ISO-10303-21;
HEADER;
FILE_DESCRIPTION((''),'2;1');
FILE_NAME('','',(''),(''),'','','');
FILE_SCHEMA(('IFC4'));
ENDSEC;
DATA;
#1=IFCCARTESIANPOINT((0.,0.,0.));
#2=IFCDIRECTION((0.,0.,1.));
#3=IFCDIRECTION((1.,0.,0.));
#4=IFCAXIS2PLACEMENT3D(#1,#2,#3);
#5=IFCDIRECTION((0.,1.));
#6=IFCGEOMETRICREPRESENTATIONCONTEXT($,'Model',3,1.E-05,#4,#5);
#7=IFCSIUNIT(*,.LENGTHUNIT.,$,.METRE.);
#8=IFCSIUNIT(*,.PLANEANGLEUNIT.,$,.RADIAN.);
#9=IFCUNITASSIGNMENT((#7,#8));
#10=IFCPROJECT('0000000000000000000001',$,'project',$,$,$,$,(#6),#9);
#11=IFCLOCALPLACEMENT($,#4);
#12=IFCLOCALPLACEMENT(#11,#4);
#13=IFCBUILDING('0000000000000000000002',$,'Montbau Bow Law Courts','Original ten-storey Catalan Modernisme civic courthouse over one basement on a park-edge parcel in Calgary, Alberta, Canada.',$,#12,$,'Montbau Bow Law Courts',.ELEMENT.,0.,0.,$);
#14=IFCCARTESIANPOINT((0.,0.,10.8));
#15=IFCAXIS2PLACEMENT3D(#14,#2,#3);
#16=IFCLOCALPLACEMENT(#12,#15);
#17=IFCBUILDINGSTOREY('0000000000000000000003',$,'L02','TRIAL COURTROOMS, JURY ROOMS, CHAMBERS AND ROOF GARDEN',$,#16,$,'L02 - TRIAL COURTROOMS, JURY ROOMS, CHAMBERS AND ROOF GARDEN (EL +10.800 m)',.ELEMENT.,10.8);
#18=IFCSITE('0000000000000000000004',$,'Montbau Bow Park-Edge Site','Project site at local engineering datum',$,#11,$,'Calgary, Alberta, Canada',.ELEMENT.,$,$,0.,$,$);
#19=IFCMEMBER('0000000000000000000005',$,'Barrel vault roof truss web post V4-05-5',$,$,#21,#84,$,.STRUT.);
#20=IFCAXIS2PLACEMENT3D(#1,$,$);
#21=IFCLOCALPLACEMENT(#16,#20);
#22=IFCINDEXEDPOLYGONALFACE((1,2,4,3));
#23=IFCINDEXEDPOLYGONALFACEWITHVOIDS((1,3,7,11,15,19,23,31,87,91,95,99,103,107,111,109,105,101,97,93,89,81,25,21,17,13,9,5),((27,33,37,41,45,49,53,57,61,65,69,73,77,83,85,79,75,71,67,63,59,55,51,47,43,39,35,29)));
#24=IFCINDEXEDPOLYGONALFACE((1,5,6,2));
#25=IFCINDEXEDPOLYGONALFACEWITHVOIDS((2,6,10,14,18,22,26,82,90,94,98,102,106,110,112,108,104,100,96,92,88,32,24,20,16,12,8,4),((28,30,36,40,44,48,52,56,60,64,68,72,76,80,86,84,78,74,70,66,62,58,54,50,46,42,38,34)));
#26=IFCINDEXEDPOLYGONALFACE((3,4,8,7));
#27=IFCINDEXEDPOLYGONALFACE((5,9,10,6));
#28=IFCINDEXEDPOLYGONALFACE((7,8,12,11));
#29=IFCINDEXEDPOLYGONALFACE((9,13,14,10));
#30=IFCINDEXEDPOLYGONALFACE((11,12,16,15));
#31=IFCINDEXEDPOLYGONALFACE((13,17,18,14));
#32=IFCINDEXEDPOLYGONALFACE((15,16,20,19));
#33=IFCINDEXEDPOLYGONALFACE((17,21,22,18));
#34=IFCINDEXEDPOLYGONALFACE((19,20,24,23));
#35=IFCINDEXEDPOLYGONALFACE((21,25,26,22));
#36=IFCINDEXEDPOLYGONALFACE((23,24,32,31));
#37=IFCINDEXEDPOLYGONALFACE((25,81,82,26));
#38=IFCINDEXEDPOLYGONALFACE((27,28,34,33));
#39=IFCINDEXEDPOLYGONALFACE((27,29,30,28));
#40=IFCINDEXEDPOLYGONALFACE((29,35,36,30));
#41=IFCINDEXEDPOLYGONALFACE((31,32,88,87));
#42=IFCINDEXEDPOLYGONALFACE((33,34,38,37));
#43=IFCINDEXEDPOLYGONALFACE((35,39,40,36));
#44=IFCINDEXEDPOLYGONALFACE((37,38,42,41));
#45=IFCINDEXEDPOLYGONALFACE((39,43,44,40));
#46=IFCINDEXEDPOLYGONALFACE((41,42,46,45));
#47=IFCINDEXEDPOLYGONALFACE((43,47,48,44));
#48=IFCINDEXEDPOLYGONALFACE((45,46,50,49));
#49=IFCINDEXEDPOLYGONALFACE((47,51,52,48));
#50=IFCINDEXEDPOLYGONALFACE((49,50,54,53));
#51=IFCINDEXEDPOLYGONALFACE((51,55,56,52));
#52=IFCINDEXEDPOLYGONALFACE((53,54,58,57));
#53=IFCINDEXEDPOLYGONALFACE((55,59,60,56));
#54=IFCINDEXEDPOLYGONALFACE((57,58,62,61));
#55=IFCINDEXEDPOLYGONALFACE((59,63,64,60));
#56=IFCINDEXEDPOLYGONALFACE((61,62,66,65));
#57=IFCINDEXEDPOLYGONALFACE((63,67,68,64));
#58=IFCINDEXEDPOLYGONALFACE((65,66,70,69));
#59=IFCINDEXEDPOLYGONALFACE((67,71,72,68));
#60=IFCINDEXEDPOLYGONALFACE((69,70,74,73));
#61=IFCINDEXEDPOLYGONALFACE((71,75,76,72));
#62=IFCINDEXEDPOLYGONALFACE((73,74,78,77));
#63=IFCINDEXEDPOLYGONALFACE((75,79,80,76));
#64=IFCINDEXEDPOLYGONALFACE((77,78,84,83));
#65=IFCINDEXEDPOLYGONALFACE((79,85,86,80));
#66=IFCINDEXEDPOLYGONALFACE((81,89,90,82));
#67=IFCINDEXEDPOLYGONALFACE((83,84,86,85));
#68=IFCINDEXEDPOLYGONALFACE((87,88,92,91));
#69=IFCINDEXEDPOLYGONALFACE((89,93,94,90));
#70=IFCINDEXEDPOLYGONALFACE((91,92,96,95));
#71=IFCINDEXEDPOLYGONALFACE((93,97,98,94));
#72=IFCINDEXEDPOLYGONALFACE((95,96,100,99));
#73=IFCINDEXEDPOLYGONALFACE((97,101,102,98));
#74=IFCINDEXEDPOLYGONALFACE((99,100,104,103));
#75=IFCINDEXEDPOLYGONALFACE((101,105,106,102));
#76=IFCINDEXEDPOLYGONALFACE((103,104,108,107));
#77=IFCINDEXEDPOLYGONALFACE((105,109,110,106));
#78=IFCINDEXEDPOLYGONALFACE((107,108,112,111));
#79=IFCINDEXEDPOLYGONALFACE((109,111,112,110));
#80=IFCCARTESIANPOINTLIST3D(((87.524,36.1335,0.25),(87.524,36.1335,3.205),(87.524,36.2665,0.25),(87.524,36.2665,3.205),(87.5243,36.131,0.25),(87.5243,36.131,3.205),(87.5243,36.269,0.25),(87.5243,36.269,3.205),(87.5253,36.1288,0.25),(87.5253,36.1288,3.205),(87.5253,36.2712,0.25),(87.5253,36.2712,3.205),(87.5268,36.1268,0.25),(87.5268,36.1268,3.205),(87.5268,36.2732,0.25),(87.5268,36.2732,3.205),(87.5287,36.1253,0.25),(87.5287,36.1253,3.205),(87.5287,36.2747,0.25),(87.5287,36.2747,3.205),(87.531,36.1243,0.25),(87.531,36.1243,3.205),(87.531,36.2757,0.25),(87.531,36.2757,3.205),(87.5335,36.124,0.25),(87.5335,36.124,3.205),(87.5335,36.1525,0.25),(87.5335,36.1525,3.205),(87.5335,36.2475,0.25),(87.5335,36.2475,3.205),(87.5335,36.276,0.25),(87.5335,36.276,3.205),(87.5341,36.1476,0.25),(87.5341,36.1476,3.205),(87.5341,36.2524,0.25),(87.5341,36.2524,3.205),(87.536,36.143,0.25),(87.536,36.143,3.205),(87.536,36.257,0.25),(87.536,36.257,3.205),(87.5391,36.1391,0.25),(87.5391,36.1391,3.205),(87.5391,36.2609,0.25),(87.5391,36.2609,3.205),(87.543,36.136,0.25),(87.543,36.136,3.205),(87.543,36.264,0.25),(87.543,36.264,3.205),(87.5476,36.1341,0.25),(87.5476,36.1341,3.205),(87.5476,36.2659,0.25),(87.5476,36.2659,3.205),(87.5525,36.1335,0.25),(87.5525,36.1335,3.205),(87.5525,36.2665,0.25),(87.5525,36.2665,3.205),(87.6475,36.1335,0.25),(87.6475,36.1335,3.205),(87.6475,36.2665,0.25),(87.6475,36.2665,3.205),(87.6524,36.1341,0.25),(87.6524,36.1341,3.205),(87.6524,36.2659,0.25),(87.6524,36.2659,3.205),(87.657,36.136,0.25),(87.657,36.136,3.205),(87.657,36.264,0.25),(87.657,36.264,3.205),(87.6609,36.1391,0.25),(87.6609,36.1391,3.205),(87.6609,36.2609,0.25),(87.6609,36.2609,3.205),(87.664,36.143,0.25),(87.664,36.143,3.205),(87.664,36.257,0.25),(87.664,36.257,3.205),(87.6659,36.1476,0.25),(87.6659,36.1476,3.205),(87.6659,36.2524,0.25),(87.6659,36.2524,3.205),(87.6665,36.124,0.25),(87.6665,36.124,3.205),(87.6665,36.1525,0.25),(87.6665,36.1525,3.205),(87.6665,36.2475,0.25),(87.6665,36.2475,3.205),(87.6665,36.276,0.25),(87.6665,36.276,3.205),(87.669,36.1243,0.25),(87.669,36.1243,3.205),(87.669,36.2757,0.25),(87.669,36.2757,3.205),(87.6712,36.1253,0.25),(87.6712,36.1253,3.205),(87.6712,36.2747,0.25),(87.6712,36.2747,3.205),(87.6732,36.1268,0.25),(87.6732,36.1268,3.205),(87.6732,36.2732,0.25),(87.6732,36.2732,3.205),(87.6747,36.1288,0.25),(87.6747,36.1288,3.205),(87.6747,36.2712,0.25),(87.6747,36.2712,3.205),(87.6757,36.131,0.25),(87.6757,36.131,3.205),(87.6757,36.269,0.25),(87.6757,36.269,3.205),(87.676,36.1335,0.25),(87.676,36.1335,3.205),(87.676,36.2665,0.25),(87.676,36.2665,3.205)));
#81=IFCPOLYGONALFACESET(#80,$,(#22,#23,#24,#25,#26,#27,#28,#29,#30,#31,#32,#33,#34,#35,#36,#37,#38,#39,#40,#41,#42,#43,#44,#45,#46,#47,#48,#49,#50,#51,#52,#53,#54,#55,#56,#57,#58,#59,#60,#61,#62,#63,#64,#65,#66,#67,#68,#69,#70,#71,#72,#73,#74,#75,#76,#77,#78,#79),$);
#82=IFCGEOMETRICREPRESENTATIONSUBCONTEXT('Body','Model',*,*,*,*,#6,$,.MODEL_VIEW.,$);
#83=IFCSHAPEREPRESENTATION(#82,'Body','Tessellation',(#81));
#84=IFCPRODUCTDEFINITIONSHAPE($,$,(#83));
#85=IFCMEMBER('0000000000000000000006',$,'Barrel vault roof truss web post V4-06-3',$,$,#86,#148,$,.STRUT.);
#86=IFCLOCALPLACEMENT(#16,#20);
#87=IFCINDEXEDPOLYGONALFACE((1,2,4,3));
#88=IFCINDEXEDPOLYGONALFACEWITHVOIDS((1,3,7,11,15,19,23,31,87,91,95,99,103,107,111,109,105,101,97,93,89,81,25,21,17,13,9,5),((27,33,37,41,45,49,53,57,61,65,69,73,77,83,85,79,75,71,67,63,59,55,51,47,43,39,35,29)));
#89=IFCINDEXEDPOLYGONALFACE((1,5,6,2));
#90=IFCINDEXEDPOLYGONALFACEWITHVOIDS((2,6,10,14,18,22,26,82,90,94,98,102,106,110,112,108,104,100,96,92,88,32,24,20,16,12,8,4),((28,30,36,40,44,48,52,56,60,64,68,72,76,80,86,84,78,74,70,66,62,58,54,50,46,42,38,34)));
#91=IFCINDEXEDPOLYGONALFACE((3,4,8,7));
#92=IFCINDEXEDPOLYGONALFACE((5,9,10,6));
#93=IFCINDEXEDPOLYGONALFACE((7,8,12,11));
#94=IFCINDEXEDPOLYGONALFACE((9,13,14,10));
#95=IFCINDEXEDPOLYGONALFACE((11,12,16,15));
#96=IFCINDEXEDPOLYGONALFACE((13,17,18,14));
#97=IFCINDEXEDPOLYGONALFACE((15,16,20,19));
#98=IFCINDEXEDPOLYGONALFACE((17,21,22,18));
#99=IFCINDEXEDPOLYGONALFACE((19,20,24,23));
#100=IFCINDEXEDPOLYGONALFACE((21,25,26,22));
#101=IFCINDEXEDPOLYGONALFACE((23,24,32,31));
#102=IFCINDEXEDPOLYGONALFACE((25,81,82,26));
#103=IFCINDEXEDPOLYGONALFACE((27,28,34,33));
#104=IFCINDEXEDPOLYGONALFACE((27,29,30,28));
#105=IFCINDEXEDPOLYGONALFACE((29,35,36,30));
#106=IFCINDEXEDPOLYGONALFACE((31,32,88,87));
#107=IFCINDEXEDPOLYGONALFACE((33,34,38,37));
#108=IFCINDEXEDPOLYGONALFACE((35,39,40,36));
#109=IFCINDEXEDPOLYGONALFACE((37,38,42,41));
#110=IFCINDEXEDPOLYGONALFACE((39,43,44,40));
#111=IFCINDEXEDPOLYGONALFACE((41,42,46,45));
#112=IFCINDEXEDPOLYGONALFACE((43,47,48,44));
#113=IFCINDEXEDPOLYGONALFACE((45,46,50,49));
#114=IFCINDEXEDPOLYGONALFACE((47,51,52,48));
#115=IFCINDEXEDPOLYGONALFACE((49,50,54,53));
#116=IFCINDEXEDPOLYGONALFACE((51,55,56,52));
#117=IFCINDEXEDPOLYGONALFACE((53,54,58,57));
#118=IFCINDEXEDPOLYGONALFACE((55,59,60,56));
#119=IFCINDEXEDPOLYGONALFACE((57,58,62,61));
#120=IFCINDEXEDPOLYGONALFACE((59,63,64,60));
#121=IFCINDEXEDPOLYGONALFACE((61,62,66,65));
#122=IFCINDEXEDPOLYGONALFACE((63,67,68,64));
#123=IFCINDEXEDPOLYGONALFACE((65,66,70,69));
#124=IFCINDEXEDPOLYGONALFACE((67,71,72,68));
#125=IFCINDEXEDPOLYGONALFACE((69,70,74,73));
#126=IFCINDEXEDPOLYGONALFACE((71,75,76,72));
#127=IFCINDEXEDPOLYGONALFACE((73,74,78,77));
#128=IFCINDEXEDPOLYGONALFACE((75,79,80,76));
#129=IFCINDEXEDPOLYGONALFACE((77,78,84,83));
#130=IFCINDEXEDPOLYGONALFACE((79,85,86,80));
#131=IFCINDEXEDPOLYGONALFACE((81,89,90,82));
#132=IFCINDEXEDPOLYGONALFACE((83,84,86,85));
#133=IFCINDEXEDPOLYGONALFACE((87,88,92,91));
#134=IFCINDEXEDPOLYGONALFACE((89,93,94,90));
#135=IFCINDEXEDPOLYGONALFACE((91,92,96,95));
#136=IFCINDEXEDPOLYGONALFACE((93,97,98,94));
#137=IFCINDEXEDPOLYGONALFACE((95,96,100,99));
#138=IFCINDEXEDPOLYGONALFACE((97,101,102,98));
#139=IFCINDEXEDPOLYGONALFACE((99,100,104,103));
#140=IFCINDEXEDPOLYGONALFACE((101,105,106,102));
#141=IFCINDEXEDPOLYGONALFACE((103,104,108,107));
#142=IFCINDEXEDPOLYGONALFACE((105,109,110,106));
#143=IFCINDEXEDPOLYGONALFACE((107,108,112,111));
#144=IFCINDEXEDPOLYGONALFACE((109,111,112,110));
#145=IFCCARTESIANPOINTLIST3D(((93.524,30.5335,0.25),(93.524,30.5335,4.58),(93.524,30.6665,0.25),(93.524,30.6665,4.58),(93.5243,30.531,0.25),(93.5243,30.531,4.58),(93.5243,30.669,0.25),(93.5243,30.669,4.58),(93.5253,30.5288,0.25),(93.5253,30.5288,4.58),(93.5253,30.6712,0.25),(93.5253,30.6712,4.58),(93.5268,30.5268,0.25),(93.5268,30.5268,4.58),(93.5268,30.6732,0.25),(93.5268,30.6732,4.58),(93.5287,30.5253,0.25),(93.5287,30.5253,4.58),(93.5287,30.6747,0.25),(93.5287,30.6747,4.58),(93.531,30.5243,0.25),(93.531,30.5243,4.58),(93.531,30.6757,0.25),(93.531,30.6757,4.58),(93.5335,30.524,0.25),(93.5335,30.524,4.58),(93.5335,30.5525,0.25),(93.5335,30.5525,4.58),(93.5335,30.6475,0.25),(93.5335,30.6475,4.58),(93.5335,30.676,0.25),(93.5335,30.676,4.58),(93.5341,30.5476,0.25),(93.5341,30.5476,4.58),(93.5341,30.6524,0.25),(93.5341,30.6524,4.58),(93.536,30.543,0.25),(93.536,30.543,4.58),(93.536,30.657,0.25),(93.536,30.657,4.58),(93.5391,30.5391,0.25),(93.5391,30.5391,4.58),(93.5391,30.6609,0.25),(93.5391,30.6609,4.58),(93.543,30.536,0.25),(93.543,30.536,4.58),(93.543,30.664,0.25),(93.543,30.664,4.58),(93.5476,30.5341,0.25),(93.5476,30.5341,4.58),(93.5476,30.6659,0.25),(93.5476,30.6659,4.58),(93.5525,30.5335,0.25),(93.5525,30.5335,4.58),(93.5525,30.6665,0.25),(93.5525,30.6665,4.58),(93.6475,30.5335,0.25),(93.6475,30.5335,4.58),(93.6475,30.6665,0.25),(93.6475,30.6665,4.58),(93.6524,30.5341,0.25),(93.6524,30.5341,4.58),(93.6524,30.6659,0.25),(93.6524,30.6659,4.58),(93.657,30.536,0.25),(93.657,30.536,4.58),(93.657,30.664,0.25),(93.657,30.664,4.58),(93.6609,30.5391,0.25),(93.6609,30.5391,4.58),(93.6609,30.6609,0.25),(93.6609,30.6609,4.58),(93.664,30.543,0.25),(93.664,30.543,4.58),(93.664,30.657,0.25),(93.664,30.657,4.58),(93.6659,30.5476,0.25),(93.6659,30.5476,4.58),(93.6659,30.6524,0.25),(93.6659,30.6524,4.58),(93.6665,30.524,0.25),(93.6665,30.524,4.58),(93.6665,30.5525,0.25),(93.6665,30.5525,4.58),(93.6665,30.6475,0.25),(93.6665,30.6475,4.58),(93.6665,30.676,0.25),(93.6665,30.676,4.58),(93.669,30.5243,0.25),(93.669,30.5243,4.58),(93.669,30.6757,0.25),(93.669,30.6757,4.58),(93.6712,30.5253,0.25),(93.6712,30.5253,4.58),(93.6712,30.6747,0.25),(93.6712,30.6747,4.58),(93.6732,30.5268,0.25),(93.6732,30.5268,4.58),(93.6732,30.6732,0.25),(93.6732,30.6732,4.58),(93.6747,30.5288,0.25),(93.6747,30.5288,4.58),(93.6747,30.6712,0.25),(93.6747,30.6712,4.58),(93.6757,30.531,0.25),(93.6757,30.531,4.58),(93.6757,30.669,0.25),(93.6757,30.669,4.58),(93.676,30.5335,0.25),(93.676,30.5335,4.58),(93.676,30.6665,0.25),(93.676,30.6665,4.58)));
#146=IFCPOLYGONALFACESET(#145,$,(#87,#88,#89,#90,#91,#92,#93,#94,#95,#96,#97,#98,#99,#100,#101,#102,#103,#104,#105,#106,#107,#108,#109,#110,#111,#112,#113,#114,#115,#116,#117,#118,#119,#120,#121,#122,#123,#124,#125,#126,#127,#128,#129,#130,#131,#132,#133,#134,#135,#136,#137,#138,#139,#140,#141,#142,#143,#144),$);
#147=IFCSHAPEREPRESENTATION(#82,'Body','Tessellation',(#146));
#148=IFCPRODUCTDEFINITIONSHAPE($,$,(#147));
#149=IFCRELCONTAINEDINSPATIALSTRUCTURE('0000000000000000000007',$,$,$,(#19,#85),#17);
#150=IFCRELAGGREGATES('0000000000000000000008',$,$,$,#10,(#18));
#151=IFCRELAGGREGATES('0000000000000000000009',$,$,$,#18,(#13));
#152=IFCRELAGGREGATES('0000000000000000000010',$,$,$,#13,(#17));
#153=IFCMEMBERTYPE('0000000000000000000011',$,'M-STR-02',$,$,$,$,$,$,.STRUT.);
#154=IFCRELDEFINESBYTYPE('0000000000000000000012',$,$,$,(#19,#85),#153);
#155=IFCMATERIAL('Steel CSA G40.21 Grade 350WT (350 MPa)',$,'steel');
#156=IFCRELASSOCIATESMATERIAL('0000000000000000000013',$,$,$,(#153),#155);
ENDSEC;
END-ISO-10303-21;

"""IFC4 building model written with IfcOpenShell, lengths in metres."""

from ifc_helpers import new_model, si_unit, direction, frame, origin_with_axes, origin_2d_with_axis, place, context, subcontext, project, spatial, hollow_rectangle, extrude, material, material_profile, profile_set, type_object, element, save


model = new_model("IFC4")

# Units and contexts
model_context = context("Model", 3, precision=1e-05, world=origin_with_axes(), true_north=direction((0.0, 1.0)))
body_context = subcontext(model_context, "Body", "Model", "MODEL_VIEW")
ifc_project = project(units=[si_unit("LENGTHUNIT", "METRE"), si_unit("PLANEANGLEUNIT", "RADIAN")], contexts=[model_context])

# Site, building, storey
site_placement = place(None, origin_with_axes())
site = spatial("IfcSite", under=ifc_project, at=site_placement, Name="Montbau Bow Park-Edge Site", Description="Project site at local engineering datum", LongName="Calgary, Alberta, Canada", CompositionType="ELEMENT", RefElevation=0.0)
building_placement = place(site_placement, origin_with_axes())
building = spatial("IfcBuilding", under=site, at=building_placement, Name="Montbau Bow Law Courts", Description="Original ten-storey Catalan Modernisme civic courthouse over one basement on a park-edge parcel in Calgary, Alberta, Canada.", LongName="Montbau Bow Law Courts", CompositionType="ELEMENT", ElevationOfRefHeight=0.0, ElevationOfTerrain=0.0)
storey_placement = place(building_placement, frame((0.0, 0.0, 10.8), z_axis=(0.0, 0.0, 1.0), x_axis=(1.0, 0.0, 0.0)))
storey = spatial("IfcBuildingStorey", under=building, at=storey_placement, Name="L02", Description="TRIAL COURTROOMS, JURY ROOMS, CHAMBERS AND ROOF GARDEN", LongName="L02 - TRIAL COURTROOMS, JURY ROOMS, CHAMBERS AND ROOF GARDEN (EL +10.800 m)", CompositionType="ELEMENT", Elevation=10.8)

# Shared definitions
ifc_material_1 = material(Name="Steel CSA G40.21 Grade 350WT (350 MPa)", Category="steel")

# Members
ifc_material_profile_1 = material_profile(ifc_material_1, hollow_rectangle(XDim=0.152, YDim=0.152, WallThickness=0.0095, InnerFilletRadius=0.019, OuterFilletRadius=0.0095, at=origin_2d_with_axis()), Name="HSS152X152X9.5", Category="Main", Priority=0)
ifc_profile_set_1 = profile_set([ifc_material_profile_1], Name="Steel CSA G40.21 Grade 350WT (350 MPa)")
member_type_1 = type_object("IfcMemberType", Name="M-STR-02", PredefinedType="STRUT", material=ifc_profile_set_1)
member_1_placement = place(None, frame((87.6, 36.2, 11.05), z_axis=(0.0, 0.0, 1.0), x_axis=(1.0, 0.0, 0.0)))
element("IfcMember", 1, at=member_1_placement, inside=storey, type_object=member_type_1, Name="Barrel vault roof truss web post V4-05-5", PredefinedType="STRUT", context=body_context, shape_type="SweptSolid", body=[
    extrude(hollow_rectangle(XDim=0.152, YDim=0.152, WallThickness=0.0095, InnerFilletRadius=0.019, OuterFilletRadius=0.0095, at=origin_2d_with_axis()), origin_with_axes(), (0.0, 0.0, 1.0), 2.955),
])
member_2_placement = place(None, frame((93.6, 30.6, 11.05), z_axis=(0.0, 0.0, 1.0), x_axis=(1.0, 0.0, 0.0)))
element("IfcMember", 2, at=member_2_placement, inside=storey, type_object=member_type_1, Name="Barrel vault roof truss web post V4-06-3", PredefinedType="STRUT", context=body_context, shape_type="SweptSolid", body=[
    extrude(hollow_rectangle(XDim=0.152, YDim=0.152, WallThickness=0.0095, InnerFilletRadius=0.019, OuterFilletRadius=0.0095, at=origin_2d_with_axis()), origin_with_axes(), (0.0, 0.0, 1.0), 4.33),
])

save(model, "model.ifc")
